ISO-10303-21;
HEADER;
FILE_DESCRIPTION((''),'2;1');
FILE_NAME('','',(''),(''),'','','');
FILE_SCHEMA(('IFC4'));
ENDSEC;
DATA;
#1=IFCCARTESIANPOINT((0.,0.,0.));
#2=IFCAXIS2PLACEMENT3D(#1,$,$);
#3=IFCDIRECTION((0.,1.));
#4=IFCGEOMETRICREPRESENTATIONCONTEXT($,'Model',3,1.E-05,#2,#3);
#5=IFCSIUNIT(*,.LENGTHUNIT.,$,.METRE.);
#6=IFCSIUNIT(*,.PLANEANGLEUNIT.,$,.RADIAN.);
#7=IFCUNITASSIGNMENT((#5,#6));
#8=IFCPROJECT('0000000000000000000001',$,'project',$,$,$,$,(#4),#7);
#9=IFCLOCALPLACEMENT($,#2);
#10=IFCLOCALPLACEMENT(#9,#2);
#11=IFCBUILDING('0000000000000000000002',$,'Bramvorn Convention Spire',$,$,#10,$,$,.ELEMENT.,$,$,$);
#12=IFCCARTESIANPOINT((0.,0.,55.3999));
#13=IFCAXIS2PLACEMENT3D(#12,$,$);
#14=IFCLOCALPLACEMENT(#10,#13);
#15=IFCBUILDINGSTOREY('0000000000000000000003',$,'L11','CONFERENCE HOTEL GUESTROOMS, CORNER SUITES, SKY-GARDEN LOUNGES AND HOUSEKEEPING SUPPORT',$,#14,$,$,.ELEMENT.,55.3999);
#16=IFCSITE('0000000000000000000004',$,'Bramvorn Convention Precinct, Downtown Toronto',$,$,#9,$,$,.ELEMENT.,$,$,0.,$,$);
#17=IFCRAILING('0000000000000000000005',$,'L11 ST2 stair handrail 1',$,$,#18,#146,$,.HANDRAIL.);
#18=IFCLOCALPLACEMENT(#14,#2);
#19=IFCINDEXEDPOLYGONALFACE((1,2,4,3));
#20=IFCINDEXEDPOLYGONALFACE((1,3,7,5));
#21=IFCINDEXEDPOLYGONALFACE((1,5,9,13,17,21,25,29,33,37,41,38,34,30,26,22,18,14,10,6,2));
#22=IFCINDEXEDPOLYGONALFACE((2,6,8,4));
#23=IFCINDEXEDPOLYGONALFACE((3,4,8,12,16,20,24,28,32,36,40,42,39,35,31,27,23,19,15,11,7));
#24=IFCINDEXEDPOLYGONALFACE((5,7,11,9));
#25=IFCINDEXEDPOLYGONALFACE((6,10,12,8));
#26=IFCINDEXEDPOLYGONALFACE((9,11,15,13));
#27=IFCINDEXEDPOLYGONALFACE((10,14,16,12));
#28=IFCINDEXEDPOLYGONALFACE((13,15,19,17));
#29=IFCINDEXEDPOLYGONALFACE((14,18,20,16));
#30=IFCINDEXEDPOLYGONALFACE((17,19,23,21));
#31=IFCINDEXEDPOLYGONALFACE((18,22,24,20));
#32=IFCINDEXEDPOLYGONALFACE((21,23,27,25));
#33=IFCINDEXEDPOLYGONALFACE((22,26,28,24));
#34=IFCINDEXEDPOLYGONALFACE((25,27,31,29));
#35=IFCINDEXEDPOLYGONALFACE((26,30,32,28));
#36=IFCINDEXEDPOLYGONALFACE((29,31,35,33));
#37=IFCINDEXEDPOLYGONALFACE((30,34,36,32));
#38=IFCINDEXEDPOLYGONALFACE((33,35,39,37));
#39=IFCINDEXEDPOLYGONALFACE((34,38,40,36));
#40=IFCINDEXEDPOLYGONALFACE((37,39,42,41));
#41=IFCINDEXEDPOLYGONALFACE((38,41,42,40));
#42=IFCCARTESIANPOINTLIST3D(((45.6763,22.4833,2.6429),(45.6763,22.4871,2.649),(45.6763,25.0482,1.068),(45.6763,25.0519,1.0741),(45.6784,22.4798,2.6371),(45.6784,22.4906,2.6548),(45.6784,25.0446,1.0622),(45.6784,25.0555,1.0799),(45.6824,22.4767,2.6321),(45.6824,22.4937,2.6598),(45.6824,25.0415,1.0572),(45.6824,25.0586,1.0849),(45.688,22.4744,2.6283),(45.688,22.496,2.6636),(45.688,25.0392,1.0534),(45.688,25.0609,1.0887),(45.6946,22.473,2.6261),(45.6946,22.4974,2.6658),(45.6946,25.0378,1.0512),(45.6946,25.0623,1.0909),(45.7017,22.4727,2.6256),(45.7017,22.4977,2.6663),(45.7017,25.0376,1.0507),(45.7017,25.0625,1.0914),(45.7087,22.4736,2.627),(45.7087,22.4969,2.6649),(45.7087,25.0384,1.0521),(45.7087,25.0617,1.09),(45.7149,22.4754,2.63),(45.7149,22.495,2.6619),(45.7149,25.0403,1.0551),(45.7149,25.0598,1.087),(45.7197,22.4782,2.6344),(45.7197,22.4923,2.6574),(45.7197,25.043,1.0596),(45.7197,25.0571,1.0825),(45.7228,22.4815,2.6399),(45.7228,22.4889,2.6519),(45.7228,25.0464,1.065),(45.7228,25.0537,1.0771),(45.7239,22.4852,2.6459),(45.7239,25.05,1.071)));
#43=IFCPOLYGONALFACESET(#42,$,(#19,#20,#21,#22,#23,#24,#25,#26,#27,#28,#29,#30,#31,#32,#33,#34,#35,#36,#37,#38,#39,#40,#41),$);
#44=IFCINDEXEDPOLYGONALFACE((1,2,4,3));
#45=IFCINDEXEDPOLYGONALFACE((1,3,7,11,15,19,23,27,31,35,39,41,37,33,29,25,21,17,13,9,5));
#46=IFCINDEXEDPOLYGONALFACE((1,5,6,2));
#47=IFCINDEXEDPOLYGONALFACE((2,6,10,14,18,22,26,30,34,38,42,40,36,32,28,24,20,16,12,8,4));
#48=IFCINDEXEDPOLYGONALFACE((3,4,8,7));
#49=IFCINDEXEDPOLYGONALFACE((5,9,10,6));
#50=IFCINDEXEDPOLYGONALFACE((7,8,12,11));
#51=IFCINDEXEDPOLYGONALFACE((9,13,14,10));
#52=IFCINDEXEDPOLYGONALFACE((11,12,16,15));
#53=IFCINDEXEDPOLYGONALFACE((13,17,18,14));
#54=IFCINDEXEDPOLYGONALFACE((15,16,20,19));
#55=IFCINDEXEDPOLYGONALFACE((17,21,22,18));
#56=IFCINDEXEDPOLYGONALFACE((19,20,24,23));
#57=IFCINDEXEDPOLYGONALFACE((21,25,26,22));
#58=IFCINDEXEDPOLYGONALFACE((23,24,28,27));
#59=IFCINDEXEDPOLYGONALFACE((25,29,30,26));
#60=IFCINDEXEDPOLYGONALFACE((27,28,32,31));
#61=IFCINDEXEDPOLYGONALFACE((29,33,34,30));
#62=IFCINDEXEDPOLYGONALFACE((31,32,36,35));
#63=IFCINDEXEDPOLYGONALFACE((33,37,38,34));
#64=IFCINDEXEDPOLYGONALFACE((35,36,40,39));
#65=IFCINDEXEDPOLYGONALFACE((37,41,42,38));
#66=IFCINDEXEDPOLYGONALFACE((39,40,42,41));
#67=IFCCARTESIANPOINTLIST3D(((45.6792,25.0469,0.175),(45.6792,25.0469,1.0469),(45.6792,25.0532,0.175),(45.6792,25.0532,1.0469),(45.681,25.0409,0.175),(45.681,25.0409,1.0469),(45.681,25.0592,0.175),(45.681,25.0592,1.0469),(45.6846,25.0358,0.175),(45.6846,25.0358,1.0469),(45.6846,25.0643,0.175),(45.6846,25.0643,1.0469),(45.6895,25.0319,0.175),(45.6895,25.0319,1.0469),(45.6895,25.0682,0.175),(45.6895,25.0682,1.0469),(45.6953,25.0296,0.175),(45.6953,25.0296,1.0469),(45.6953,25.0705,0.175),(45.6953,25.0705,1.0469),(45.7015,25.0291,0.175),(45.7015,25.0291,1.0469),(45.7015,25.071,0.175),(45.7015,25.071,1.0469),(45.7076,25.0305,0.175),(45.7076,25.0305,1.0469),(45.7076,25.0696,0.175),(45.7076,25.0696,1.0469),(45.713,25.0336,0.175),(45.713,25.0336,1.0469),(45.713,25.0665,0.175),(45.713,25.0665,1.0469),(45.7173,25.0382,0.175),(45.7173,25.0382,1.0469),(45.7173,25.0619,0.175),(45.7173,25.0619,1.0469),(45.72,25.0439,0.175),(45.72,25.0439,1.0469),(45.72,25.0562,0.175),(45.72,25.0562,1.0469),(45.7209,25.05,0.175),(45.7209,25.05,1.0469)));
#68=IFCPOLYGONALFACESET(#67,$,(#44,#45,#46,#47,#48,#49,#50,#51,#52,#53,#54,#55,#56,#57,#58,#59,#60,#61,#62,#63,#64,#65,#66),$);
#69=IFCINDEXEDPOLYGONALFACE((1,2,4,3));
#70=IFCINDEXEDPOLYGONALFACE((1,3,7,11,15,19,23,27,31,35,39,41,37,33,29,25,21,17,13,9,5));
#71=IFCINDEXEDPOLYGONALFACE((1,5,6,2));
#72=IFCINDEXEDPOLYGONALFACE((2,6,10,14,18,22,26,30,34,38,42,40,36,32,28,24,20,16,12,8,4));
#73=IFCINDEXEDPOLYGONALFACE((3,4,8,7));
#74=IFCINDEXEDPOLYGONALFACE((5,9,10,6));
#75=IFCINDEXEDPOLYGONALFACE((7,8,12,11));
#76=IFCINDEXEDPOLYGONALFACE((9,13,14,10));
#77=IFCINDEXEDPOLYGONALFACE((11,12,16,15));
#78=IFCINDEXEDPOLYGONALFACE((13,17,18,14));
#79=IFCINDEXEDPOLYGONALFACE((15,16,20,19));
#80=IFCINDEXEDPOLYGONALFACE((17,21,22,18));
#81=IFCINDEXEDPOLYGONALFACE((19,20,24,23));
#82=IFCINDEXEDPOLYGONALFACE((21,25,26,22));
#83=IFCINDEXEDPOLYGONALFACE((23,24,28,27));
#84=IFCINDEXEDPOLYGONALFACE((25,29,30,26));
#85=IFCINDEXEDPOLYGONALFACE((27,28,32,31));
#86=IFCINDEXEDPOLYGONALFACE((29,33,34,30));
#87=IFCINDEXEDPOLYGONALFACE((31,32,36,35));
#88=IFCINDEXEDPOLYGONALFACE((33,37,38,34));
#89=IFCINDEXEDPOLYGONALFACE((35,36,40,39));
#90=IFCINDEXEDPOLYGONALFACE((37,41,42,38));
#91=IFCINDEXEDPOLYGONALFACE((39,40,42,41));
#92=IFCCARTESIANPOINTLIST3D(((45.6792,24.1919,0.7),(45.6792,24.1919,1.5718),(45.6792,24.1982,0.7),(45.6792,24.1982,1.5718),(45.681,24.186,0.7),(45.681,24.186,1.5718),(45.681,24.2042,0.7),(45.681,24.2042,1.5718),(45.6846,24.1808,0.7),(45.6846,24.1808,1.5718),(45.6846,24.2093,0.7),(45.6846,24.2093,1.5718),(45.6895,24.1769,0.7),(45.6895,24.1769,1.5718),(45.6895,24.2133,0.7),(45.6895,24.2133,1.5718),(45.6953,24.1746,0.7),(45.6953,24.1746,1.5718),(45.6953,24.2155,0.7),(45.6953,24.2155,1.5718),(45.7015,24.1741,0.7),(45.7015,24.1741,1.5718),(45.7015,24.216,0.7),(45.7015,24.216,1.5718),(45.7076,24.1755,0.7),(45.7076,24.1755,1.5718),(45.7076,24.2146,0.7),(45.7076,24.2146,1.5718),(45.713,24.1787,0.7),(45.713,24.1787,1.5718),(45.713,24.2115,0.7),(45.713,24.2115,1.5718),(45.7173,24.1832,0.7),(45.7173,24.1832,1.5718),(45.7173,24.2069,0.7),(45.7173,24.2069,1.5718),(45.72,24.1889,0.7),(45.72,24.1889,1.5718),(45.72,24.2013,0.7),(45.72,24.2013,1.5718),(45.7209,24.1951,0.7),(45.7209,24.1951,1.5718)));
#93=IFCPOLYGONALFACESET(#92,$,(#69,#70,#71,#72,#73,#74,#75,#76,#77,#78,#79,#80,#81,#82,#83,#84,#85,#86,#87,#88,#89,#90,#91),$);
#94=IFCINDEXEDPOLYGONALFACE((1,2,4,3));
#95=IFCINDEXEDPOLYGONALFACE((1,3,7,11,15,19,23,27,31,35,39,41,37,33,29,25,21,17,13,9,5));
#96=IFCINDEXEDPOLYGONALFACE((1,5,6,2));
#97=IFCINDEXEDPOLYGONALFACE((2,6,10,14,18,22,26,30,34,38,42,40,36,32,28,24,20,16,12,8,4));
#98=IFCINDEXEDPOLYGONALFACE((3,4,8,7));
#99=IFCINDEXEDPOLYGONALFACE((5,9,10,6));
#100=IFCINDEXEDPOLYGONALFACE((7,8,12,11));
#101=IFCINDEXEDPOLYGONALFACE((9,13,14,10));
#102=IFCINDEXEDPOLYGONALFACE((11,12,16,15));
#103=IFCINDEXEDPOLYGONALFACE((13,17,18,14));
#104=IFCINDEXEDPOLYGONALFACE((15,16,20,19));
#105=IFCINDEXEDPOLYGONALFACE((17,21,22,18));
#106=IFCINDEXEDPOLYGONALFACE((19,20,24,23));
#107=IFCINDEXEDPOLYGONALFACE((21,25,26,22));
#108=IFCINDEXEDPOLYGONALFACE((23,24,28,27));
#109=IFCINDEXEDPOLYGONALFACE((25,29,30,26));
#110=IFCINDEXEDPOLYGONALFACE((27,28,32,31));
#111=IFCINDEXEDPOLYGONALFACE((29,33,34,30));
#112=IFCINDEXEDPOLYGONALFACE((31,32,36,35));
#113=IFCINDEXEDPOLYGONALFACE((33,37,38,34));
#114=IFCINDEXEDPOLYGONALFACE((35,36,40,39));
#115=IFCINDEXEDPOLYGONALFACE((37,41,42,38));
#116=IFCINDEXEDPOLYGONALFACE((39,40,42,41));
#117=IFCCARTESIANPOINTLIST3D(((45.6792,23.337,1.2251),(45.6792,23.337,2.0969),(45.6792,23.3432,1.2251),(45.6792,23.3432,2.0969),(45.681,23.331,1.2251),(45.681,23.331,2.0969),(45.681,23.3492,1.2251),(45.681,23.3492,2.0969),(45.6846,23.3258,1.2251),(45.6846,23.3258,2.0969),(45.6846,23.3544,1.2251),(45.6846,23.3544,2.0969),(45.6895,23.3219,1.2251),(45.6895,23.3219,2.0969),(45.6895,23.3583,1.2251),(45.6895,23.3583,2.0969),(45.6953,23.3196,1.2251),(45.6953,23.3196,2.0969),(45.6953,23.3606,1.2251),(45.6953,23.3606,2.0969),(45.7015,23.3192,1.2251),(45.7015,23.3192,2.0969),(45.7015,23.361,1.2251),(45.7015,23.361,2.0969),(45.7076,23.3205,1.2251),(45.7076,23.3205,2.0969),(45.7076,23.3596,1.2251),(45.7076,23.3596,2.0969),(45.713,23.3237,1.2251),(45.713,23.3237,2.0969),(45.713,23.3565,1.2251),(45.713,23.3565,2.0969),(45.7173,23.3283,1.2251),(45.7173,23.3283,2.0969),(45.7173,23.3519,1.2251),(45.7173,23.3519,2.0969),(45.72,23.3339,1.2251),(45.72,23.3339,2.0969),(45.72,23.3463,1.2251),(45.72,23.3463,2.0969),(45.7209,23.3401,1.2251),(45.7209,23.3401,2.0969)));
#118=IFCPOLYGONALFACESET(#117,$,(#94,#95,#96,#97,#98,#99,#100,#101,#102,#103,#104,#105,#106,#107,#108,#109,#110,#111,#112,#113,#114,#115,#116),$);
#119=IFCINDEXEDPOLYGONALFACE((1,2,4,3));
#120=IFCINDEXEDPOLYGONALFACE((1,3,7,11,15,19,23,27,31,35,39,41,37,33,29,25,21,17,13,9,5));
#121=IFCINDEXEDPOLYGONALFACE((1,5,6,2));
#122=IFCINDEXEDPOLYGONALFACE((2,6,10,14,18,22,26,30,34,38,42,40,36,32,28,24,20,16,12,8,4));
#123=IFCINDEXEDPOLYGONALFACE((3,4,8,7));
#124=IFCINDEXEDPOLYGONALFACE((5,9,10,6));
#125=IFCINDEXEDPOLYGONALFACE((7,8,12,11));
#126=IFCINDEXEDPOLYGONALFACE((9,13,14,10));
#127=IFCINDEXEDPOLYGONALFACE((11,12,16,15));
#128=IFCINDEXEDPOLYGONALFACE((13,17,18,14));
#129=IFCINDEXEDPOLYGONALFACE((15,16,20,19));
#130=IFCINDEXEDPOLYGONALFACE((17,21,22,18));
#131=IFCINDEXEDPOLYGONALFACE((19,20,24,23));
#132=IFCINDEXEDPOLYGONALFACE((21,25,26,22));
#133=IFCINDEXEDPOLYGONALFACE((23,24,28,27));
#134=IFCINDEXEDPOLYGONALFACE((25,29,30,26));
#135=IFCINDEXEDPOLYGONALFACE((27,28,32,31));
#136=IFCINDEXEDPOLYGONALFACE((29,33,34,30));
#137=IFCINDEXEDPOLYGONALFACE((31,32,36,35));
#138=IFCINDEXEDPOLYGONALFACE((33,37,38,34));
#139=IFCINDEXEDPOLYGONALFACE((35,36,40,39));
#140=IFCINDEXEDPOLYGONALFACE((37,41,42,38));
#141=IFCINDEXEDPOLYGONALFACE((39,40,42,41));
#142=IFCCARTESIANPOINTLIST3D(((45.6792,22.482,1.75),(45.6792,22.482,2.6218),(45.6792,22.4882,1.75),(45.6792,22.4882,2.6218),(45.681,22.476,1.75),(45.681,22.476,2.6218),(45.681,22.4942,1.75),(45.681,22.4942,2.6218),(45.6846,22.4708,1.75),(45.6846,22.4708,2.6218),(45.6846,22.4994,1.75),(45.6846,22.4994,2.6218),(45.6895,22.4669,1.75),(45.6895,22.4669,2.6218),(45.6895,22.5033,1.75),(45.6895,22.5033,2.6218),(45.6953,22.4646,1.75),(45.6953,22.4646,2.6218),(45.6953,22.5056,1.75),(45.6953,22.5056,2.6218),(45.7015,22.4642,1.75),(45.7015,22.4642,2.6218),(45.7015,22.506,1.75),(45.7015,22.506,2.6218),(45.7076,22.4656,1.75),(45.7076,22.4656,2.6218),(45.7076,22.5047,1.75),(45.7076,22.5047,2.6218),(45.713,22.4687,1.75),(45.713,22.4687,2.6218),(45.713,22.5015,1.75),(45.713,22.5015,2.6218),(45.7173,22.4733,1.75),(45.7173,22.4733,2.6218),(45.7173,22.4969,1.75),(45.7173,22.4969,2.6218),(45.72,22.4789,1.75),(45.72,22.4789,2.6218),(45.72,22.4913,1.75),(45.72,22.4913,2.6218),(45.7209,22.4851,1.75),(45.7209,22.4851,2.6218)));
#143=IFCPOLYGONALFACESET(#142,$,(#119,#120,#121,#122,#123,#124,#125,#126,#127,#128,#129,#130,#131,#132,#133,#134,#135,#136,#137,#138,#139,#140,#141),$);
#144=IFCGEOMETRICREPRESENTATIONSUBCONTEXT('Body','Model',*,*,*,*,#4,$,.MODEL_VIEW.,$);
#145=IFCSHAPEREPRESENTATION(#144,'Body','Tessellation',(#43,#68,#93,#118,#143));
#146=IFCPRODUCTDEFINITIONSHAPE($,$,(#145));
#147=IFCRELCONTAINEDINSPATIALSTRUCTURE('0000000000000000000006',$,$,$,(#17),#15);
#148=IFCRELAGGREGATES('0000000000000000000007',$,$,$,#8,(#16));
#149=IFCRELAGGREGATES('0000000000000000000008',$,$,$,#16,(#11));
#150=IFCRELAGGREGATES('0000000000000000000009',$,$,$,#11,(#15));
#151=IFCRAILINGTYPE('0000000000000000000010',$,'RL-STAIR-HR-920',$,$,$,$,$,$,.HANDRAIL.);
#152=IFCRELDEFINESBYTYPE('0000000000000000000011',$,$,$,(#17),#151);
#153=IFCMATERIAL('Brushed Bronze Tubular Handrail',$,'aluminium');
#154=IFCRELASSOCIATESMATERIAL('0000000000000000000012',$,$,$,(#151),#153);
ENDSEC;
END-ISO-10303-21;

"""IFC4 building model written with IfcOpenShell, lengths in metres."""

from ifc_helpers import new_model, si_unit, direction, frame, origin, origin_2d, place, context, subcontext, project, spatial, circle, extrude, material, type_object, element, save


model = new_model("IFC4")

# Units and contexts
model_context = context("Model", 3, precision=1e-05, world=origin(), true_north=direction((0.0, 1.0)))
body_context = subcontext(model_context, "Body", "Model", "MODEL_VIEW")
ifc_project = project(units=[si_unit("LENGTHUNIT", "METRE"), si_unit("PLANEANGLEUNIT", "RADIAN")], contexts=[model_context])

# Site, building, storey
site_placement = place(None, origin())
site = spatial("IfcSite", under=ifc_project, at=site_placement, Name="Bramvorn Convention Precinct, Downtown Toronto", CompositionType="ELEMENT", RefElevation=0.0)
building_placement = place(site_placement, origin())
building = spatial("IfcBuilding", under=site, at=building_placement, Name="Bramvorn Convention Spire", CompositionType="ELEMENT")
storey_placement = place(building_placement, frame((0.0, 0.0, 55.3999)))
storey = spatial("IfcBuildingStorey", under=building, at=storey_placement, Name="L11", Description="CONFERENCE HOTEL GUESTROOMS, CORNER SUITES, SKY-GARDEN LOUNGES AND HOUSEKEEPING SUPPORT", CompositionType="ELEMENT", Elevation=55.3999)

# Railing
ifc_material_1 = material(Name="Brushed Bronze Tubular Handrail", Category="aluminium")
railing_type_1 = type_object("IfcRailingType", Name="RL-STAIR-HR-920", PredefinedType="HANDRAIL", material=ifc_material_1)
railing_1_placement = place(storey_placement, frame((45.7, 25.05, 0.175)))
element("IfcRailing", 1, at=railing_1_placement, inside=storey, type_object=railing_type_1, Name="L11 ST2 stair handrail 1", PredefinedType="HANDRAIL", context=body_context, shape_type="SweptSolid", body=[
    extrude(circle(Radius=0.0239, at=origin_2d()), frame((0.0, 0.0, 0.896), z_axis=(0.0, -0.852173, 0.52326), x_axis=(1.0, 0.0, 0.0)), (0.0, 0.0, 1.0), 3.0098),
    extrude(circle(Radius=0.021, at=origin_2d()), origin(), (0.0, 0.0, 1.0), 0.8718),
    extrude(circle(Radius=0.021, at=origin_2d()), frame((0.0, -0.855, 0.5249)), (0.0, 0.0, 1.0), 0.8718),
    extrude(circle(Radius=0.021, at=origin_2d()), frame((0.0, -1.71, 1.05)), (0.0, 0.0, 1.0), 0.8718),
    extrude(circle(Radius=0.021, at=origin_2d()), frame((0.0, -2.5649, 1.575)), (0.0, 0.0, 1.0), 0.8718),
])

save(model, "model.ifc")
